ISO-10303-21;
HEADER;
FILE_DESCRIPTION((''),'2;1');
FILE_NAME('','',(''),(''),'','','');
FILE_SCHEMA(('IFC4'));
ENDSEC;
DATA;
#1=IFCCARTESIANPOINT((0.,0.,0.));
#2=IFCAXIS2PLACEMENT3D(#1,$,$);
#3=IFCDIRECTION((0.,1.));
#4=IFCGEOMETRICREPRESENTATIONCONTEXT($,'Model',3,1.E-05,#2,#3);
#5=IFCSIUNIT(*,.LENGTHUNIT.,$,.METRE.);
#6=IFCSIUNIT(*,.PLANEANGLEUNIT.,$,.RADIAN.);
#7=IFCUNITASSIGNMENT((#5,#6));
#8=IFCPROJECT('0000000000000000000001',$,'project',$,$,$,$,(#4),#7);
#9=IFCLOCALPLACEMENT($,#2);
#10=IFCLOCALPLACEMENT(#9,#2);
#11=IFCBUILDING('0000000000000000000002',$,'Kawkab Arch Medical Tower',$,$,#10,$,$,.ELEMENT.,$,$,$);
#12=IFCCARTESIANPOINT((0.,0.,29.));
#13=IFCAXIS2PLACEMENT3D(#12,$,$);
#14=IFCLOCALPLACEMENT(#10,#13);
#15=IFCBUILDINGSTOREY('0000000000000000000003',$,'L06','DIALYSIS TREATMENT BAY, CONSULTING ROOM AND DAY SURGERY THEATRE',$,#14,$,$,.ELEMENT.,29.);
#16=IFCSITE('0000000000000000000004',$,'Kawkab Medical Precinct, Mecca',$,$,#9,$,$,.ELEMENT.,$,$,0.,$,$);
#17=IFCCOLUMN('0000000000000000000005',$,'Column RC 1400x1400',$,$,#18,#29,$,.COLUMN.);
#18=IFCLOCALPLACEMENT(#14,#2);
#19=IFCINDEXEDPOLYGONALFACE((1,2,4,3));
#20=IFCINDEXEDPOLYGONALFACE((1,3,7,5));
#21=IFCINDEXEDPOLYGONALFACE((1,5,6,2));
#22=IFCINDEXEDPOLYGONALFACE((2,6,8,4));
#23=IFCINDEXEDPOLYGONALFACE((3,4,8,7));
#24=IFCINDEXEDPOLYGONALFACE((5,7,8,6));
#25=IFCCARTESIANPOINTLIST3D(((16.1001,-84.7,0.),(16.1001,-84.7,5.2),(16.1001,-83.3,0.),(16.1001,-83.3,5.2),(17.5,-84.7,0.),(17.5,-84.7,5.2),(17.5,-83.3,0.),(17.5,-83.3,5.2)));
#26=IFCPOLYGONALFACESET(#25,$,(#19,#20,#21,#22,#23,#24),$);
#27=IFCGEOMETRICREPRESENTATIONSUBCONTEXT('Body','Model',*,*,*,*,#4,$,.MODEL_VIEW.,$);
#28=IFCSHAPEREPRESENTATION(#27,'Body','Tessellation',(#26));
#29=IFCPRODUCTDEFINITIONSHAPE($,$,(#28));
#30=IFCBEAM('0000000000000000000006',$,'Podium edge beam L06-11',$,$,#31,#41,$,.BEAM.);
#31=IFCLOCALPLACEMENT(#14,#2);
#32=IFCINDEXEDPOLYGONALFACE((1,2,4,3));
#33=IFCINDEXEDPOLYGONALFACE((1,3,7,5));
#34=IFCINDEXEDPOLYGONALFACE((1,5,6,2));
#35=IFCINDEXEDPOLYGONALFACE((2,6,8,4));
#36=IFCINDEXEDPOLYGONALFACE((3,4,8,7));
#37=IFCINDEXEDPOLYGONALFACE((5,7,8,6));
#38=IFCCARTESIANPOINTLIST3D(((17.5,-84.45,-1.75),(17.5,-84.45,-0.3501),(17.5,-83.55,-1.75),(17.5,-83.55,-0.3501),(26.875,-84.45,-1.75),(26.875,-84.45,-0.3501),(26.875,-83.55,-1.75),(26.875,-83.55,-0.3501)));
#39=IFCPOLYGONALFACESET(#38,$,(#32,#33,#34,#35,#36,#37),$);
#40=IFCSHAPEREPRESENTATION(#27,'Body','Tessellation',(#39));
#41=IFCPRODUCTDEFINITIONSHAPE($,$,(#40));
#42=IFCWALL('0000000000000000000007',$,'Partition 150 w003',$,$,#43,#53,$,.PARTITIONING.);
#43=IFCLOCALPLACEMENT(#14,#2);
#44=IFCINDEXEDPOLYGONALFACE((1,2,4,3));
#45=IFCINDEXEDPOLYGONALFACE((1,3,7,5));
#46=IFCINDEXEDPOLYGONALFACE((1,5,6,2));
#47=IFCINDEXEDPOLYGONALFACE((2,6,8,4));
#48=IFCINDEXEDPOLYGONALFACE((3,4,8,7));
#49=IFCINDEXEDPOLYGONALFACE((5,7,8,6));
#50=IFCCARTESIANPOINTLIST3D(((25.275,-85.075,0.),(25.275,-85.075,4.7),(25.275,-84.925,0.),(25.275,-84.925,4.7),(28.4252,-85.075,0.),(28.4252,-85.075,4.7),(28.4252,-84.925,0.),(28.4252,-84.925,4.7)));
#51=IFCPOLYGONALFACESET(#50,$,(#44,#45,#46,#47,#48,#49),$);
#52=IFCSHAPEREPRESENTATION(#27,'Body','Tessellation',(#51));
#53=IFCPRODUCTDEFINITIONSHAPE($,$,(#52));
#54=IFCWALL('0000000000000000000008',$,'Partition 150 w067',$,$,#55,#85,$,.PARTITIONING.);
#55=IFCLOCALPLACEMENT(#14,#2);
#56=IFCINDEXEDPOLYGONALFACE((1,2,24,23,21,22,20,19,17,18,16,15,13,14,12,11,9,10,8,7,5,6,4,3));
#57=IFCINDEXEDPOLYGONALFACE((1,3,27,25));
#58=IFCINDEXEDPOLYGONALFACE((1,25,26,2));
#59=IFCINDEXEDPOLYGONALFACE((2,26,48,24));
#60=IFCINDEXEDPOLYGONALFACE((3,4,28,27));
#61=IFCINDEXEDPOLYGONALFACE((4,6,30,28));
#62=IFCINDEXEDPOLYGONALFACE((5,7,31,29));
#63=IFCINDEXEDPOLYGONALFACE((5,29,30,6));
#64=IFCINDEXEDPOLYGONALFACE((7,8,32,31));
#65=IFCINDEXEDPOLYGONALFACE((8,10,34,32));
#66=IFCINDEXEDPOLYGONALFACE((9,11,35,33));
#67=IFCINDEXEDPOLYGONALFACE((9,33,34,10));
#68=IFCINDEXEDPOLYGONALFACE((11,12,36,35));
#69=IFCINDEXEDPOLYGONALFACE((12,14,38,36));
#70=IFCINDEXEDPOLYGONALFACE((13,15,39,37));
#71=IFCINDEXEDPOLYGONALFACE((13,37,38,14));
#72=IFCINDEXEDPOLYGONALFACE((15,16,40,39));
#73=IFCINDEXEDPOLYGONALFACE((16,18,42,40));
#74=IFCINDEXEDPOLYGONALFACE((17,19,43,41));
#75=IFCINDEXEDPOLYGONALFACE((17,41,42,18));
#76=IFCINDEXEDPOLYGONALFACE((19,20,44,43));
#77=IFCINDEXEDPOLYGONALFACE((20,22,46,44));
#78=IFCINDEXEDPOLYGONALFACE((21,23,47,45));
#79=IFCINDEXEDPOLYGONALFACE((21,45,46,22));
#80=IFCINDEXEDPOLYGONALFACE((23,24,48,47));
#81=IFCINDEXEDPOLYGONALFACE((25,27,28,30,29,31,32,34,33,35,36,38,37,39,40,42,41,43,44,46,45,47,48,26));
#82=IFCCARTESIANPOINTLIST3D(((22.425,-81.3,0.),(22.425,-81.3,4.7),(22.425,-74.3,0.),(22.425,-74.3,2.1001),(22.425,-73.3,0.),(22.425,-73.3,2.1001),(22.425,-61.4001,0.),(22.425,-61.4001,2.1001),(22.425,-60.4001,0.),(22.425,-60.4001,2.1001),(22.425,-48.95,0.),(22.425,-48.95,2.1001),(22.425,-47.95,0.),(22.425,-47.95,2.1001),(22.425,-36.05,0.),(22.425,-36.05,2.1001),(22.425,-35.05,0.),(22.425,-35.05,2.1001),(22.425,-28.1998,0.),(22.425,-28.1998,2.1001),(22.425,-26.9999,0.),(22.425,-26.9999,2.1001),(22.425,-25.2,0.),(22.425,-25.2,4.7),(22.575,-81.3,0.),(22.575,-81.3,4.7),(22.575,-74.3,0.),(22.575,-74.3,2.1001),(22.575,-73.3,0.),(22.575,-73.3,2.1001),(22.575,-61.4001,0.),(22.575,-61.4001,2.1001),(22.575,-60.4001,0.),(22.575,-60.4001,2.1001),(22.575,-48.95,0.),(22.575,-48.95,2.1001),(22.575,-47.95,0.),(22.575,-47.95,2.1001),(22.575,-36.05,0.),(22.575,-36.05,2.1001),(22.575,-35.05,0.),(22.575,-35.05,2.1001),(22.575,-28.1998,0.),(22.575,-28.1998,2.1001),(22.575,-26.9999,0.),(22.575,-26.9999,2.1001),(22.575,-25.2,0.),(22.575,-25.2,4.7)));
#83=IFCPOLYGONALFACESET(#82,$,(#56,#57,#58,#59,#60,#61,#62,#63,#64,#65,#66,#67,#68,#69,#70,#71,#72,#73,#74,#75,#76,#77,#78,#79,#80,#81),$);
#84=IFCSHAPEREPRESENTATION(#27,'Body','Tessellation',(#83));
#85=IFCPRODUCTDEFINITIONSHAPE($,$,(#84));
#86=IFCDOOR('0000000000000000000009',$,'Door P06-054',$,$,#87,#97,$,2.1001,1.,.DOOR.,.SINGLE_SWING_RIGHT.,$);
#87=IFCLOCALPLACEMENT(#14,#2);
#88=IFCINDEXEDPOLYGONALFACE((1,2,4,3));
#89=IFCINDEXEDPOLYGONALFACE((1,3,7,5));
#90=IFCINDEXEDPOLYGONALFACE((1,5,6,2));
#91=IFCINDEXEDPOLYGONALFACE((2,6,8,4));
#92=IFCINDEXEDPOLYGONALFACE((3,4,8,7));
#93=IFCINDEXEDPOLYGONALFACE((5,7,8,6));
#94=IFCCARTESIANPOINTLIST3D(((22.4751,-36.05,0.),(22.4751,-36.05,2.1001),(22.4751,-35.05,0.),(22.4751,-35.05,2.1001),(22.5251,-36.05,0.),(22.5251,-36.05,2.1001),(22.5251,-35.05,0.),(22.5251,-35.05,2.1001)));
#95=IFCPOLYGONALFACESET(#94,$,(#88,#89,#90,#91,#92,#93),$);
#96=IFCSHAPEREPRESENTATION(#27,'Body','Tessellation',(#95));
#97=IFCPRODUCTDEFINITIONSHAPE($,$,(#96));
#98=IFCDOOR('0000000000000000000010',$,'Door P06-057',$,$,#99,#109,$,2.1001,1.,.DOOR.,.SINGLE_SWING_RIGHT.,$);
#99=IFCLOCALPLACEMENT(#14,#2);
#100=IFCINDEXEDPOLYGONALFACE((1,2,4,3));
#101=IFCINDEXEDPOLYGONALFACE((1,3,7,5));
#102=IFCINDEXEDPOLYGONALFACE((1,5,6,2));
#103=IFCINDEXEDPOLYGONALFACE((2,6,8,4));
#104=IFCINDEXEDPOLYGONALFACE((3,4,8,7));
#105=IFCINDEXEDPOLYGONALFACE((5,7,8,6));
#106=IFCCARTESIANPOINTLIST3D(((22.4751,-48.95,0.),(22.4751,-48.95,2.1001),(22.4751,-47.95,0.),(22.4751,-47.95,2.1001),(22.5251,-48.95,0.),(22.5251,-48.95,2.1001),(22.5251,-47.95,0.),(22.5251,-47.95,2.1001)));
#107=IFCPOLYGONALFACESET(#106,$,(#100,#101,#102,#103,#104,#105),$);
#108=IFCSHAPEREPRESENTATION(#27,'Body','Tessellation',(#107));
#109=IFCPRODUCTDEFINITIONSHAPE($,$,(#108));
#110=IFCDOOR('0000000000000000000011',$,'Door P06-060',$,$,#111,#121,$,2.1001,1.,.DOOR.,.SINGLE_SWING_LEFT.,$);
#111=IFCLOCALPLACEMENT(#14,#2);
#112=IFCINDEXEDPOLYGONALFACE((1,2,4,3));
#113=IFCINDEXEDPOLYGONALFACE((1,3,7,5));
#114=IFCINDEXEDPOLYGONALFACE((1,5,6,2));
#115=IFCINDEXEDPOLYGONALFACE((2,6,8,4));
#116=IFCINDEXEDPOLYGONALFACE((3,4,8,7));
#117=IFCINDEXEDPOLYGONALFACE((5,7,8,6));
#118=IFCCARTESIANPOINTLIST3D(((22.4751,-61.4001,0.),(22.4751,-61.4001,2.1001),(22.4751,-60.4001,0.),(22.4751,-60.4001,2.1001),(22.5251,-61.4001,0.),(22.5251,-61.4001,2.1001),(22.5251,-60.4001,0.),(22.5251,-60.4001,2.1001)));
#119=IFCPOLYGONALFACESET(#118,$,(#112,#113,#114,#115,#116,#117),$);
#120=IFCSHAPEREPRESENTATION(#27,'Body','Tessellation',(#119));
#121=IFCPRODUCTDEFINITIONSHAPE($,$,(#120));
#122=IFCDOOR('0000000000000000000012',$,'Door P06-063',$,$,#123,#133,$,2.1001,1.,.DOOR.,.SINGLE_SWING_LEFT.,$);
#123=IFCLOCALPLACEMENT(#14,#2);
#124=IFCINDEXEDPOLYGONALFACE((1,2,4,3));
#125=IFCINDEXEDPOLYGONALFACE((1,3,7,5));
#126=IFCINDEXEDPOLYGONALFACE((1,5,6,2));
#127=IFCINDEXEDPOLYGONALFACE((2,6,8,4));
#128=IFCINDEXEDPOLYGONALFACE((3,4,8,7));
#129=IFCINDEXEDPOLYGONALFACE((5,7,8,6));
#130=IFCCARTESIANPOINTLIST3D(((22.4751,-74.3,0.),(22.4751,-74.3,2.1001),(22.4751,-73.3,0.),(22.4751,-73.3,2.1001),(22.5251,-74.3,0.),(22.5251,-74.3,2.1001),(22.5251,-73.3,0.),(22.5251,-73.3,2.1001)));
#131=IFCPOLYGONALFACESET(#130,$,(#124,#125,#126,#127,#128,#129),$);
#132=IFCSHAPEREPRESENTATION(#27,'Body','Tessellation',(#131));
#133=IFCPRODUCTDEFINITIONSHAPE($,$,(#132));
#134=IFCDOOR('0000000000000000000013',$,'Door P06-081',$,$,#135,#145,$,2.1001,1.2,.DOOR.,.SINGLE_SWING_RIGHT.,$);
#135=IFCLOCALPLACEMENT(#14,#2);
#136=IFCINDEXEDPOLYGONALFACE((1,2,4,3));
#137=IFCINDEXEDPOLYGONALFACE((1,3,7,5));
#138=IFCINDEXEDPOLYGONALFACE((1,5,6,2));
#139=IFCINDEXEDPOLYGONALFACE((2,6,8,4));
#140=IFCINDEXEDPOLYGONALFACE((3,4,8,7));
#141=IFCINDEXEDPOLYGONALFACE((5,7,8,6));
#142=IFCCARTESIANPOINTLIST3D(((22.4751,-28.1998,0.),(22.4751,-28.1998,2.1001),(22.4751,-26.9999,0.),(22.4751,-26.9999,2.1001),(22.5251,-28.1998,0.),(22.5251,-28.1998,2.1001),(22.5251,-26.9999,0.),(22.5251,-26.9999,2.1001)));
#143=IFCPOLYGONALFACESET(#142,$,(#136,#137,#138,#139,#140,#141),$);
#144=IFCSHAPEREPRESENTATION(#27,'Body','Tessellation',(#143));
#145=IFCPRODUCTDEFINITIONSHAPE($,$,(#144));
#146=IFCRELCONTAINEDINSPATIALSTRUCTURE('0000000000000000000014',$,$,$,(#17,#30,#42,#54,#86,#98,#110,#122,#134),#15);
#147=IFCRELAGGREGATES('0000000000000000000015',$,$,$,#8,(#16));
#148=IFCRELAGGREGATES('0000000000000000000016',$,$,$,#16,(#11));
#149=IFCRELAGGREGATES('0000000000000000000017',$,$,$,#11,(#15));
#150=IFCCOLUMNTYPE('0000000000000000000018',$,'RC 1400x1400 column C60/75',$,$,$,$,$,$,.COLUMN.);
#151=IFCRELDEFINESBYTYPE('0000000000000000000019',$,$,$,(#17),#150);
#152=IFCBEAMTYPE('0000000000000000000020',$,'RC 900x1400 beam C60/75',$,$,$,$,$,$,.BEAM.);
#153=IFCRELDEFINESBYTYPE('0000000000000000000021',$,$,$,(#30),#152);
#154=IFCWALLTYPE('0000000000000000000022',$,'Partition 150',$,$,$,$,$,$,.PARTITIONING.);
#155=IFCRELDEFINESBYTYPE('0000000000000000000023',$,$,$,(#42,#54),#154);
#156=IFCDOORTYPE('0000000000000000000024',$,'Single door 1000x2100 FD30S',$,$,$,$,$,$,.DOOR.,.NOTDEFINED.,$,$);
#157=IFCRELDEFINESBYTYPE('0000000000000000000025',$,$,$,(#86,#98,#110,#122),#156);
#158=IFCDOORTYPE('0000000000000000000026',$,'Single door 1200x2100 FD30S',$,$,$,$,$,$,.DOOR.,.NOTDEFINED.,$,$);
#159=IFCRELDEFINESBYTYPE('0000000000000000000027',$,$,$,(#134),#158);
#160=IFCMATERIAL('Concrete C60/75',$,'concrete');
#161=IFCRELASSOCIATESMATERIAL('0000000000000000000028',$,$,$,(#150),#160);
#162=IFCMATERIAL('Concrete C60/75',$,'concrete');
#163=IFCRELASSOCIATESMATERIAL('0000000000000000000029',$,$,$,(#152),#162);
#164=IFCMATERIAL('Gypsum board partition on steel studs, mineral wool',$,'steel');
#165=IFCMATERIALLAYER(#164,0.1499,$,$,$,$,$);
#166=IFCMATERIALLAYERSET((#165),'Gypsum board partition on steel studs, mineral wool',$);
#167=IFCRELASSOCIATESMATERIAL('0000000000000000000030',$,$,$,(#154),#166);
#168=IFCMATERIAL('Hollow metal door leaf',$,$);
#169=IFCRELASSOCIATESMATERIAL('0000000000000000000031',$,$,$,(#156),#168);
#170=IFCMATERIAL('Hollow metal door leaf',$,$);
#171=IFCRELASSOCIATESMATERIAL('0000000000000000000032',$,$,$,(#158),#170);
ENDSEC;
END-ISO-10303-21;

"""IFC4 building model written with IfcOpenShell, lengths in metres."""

from ifc_helpers import new_model, si_unit, direction, frame, frame_2d, origin, origin_2d, place, context, subcontext, project, spatial, rectangle, extrude, material, layer, layer_set, material_profile, profile_set, type_object, element, fill, save


model = new_model("IFC4")

# Units and contexts
model_context = context("Model", 3, precision=1e-05, world=origin(), true_north=direction((0.0, 1.0)))
body_context = subcontext(model_context, "Body", "Model", "MODEL_VIEW")
ifc_project = project(units=[si_unit("LENGTHUNIT", "METRE"), si_unit("PLANEANGLEUNIT", "RADIAN")], contexts=[model_context])

# Site, building, storey
site_placement = place(None, origin())
site = spatial("IfcSite", under=ifc_project, at=site_placement, Name="Kawkab Medical Precinct, Mecca", CompositionType="ELEMENT", RefElevation=0.0)
building_placement = place(site_placement, origin())
building = spatial("IfcBuilding", under=site, at=building_placement, Name="Kawkab Arch Medical Tower", CompositionType="ELEMENT")
storey_placement = place(building_placement, frame((0.0, 0.0, 29.0)))
storey = spatial("IfcBuildingStorey", under=building, at=storey_placement, Name="L06", Description="DIALYSIS TREATMENT BAY, CONSULTING ROOM AND DAY SURGERY THEATRE", CompositionType="ELEMENT", Elevation=29.0)

# Column
ifc_material_1 = material(Name="Concrete C60/75", Category="concrete")
ifc_material_profile_1 = material_profile(ifc_material_1, rectangle(XDim=1.3999, YDim=1.3999, at=origin_2d()), Name="RC 1400x1400")
ifc_profile_set_1 = profile_set([ifc_material_profile_1], Name="Concrete C60/75")
column_type = type_object("IfcColumnType", Name="RC 1400x1400 column C60/75", PredefinedType="COLUMN", material=ifc_profile_set_1)
column_placement = place(storey_placement, frame((16.8, -84.0, 0.0), z_axis=(0.0, 0.0, 1.0), x_axis=(1.0, 0.0, 0.0)))
element("IfcColumn", 1, at=column_placement, inside=storey, type_object=column_type, Name="Column RC 1400x1400", PredefinedType="COLUMN", context=body_context, shape_type="SweptSolid", body=[
    extrude(rectangle(XDim=1.3999, YDim=1.3999, at=origin_2d()), origin(), (0.0, 0.0, 1.0), 5.2),
])

# Beam
ifc_material_2 = material(Name="Concrete C60/75", Category="concrete")
ifc_material_profile_2 = material_profile(ifc_material_2, rectangle(XDim=0.8999, YDim=1.3999, at=origin_2d()), Name="RC 900x1400")
ifc_profile_set_2 = profile_set([ifc_material_profile_2], Name="Concrete C60/75")
beam_type = type_object("IfcBeamType", Name="RC 900x1400 beam C60/75", PredefinedType="BEAM", material=ifc_profile_set_2)
beam_placement = place(storey_placement, frame((17.5, -84.0, -1.05), z_axis=(1.0, 0.0, 0.0), x_axis=(0.0, 1.0, 0.0)))
element("IfcBeam", 2, at=beam_placement, inside=storey, type_object=beam_type, Name="Podium edge beam L06-11", PredefinedType="BEAM", context=body_context, shape_type="SweptSolid", body=[
    extrude(rectangle(XDim=0.8999, YDim=1.3999, at=origin_2d()), origin(), (0.0, 0.0, 1.0), 9.375),
])

# Wall
ifc_material_3 = material(Name="Gypsum board partition on steel studs, mineral wool", Category="steel")
ifc_layer = layer(ifc_material_3, 0.1499)
ifc_layer_set = layer_set([ifc_layer], Name="Gypsum board partition on steel studs, mineral wool")
wall_type = type_object("IfcWallType", Name="Partition 150", PredefinedType="PARTITIONING", material=ifc_layer_set)
wall_1_placement = place(storey_placement, frame((25.2749, -85.0, 0.0), z_axis=(0.0, 0.0, 1.0), x_axis=(1.0, 0.0, 0.0)))
element("IfcWall", 3, at=wall_1_placement, inside=storey, type_object=wall_type, Name="Partition 150 w003", PredefinedType="PARTITIONING", context=body_context, shape_type="SweptSolid", body=[
    extrude(rectangle(XDim=3.1501, YDim=0.1499, at=frame_2d((1.5752, 0.0))), origin(), (0.0, 0.0, 1.0), 4.7),
])

# Wall, openings, doors
wall_2_placement = place(storey_placement, frame((22.5, -81.3, 0.0), z_axis=(0.0, 0.0, 1.0), x_axis=(0.0, 1.0, 0.0)))
wall_2 = element("IfcWall", 4, at=wall_2_placement, inside=storey, type_object=wall_type, Name="Partition 150 w067", PredefinedType="PARTITIONING", context=body_context, shape_type="SweptSolid", body=[
    extrude(rectangle(XDim=56.1001, YDim=0.1499, at=frame_2d((28.05, 0.0))), origin(), (0.0, 0.0, 1.0), 4.7),
])
opening_1_placement = place(wall_2_placement, frame((53.1001, 0.0, 0.0)))
opening_1 = element("IfcOpeningElement", 5, at=opening_1_placement, cuts=wall_2, PredefinedType="OPENING", context=body_context, shape_type="SweptSolid", body=[
    extrude(rectangle(XDim=1.2, YDim=2.1001, at=frame_2d((0.6001, 1.05))), frame((0.0, 0.085, 0.0), z_axis=(0.0, -1.0, 0.0), x_axis=(1.0, 0.0, 0.0)), (0.0, 0.0, 1.0), 0.1699),
])
opening_2_placement = place(wall_2_placement, frame((45.25, 0.0, 0.0)))
opening_2 = element("IfcOpeningElement", 6, at=opening_2_placement, cuts=wall_2, PredefinedType="OPENING", context=body_context, shape_type="SweptSolid", body=[
    extrude(rectangle(XDim=1.0, YDim=2.1001, at=frame_2d((0.5, 1.05))), frame((0.0, 0.085, 0.0), z_axis=(0.0, -1.0, 0.0), x_axis=(1.0, 0.0, 0.0)), (0.0, 0.0, 1.0), 0.1699),
])
opening_3_placement = place(wall_2_placement, frame((32.3501, 0.0, 0.0)))
opening_3 = element("IfcOpeningElement", 7, at=opening_3_placement, cuts=wall_2, PredefinedType="OPENING", context=body_context, shape_type="SweptSolid", body=[
    extrude(rectangle(XDim=1.0, YDim=2.1001, at=frame_2d((0.5, 1.05))), frame((0.0, 0.085, 0.0), z_axis=(0.0, -1.0, 0.0), x_axis=(1.0, 0.0, 0.0)), (0.0, 0.0, 1.0), 0.1699),
])
opening_4_placement = place(wall_2_placement, frame((19.8999, 0.0, 0.0)))
opening_4 = element("IfcOpeningElement", 8, at=opening_4_placement, cuts=wall_2, PredefinedType="OPENING", context=body_context, shape_type="SweptSolid", body=[
    extrude(rectangle(XDim=1.0, YDim=2.1001, at=frame_2d((0.5, 1.05))), frame((0.0, 0.085, 0.0), z_axis=(0.0, -1.0, 0.0), x_axis=(1.0, 0.0, 0.0)), (0.0, 0.0, 1.0), 0.1699),
])
opening_5_placement = place(wall_2_placement, frame((7.0, 0.0, 0.0)))
opening_5 = element("IfcOpeningElement", 9, at=opening_5_placement, cuts=wall_2, PredefinedType="OPENING", context=body_context, shape_type="SweptSolid", body=[
    extrude(rectangle(XDim=1.0, YDim=2.1001, at=frame_2d((0.5, 1.05))), frame((0.0, 0.085, 0.0), z_axis=(0.0, -1.0, 0.0), x_axis=(1.0, 0.0, 0.0)), (0.0, 0.0, 1.0), 0.1699),
])
ifc_material_4 = material(Name="Hollow metal door leaf")
door_type_1 = type_object("IfcDoorType", Name="Single door 1000x2100 FD30S", OperationType="NOTDEFINED", PredefinedType="DOOR", material=ifc_material_4)
door_1_placement = place(opening_2_placement, origin())
door_1 = element("IfcDoor", 10, at=door_1_placement, inside=storey, type_object=door_type_1, Name="Door P06-054", OperationType="SINGLE_SWING_RIGHT", OverallHeight=2.1001, OverallWidth=1.0, PredefinedType="DOOR", context=body_context, shape_type="SweptSolid", body=[
    extrude(rectangle(XDim=1.0, YDim=2.1001, at=frame_2d((0.5, 1.05))), frame((0.0, 0.0249, 0.0), z_axis=(0.0, -1.0, 0.0), x_axis=(1.0, 0.0, 0.0)), (0.0, 0.0, 1.0), 0.05),
])
fill(opening_2, door_1)
door_2_placement = place(opening_3_placement, origin())
door_2 = element("IfcDoor", 11, at=door_2_placement, inside=storey, type_object=door_type_1, Name="Door P06-057", OperationType="SINGLE_SWING_RIGHT", OverallHeight=2.1001, OverallWidth=1.0, PredefinedType="DOOR", context=body_context, shape_type="SweptSolid", body=[
    extrude(rectangle(XDim=1.0, YDim=2.1001, at=frame_2d((0.5, 1.05))), frame((0.0, 0.0249, 0.0), z_axis=(0.0, -1.0, 0.0), x_axis=(1.0, 0.0, 0.0)), (0.0, 0.0, 1.0), 0.05),
])
fill(opening_3, door_2)
door_3_placement = place(opening_4_placement, origin())
door_3 = element("IfcDoor", 12, at=door_3_placement, inside=storey, type_object=door_type_1, Name="Door P06-060", OperationType="SINGLE_SWING_LEFT", OverallHeight=2.1001, OverallWidth=1.0, PredefinedType="DOOR", context=body_context, shape_type="SweptSolid", body=[
    extrude(rectangle(XDim=1.0, YDim=2.1001, at=frame_2d((0.5, 1.05))), frame((0.0, 0.0249, 0.0), z_axis=(0.0, -1.0, 0.0), x_axis=(1.0, 0.0, 0.0)), (0.0, 0.0, 1.0), 0.05),
])
fill(opening_4, door_3)
door_4_placement = place(opening_5_placement, origin())
door_4 = element("IfcDoor", 13, at=door_4_placement, inside=storey, type_object=door_type_1, Name="Door P06-063", OperationType="SINGLE_SWING_LEFT", OverallHeight=2.1001, OverallWidth=1.0, PredefinedType="DOOR", context=body_context, shape_type="SweptSolid", body=[
    extrude(rectangle(XDim=1.0, YDim=2.1001, at=frame_2d((0.5, 1.05))), frame((0.0, 0.0249, 0.0), z_axis=(0.0, -1.0, 0.0), x_axis=(1.0, 0.0, 0.0)), (0.0, 0.0, 1.0), 0.05),
])
fill(opening_5, door_4)
ifc_material_5 = material(Name="Hollow metal door leaf")
door_type_2 = type_object("IfcDoorType", Name="Single door 1200x2100 FD30S", OperationType="NOTDEFINED", PredefinedType="DOOR", material=ifc_material_5)
door_5_placement = place(opening_1_placement, origin())
door_5 = element("IfcDoor", 14, at=door_5_placement, inside=storey, type_object=door_type_2, Name="Door P06-081", OperationType="SINGLE_SWING_RIGHT", OverallHeight=2.1001, OverallWidth=1.2, PredefinedType="DOOR", context=body_context, shape_type="SweptSolid", body=[
    extrude(rectangle(XDim=1.2, YDim=2.1001, at=frame_2d((0.6001, 1.05))), frame((0.0, 0.0249, 0.0), z_axis=(0.0, -1.0, 0.0), x_axis=(1.0, 0.0, 0.0)), (0.0, 0.0, 1.0), 0.05),
])
fill(opening_1, door_5)

save(model, "model.ifc")
